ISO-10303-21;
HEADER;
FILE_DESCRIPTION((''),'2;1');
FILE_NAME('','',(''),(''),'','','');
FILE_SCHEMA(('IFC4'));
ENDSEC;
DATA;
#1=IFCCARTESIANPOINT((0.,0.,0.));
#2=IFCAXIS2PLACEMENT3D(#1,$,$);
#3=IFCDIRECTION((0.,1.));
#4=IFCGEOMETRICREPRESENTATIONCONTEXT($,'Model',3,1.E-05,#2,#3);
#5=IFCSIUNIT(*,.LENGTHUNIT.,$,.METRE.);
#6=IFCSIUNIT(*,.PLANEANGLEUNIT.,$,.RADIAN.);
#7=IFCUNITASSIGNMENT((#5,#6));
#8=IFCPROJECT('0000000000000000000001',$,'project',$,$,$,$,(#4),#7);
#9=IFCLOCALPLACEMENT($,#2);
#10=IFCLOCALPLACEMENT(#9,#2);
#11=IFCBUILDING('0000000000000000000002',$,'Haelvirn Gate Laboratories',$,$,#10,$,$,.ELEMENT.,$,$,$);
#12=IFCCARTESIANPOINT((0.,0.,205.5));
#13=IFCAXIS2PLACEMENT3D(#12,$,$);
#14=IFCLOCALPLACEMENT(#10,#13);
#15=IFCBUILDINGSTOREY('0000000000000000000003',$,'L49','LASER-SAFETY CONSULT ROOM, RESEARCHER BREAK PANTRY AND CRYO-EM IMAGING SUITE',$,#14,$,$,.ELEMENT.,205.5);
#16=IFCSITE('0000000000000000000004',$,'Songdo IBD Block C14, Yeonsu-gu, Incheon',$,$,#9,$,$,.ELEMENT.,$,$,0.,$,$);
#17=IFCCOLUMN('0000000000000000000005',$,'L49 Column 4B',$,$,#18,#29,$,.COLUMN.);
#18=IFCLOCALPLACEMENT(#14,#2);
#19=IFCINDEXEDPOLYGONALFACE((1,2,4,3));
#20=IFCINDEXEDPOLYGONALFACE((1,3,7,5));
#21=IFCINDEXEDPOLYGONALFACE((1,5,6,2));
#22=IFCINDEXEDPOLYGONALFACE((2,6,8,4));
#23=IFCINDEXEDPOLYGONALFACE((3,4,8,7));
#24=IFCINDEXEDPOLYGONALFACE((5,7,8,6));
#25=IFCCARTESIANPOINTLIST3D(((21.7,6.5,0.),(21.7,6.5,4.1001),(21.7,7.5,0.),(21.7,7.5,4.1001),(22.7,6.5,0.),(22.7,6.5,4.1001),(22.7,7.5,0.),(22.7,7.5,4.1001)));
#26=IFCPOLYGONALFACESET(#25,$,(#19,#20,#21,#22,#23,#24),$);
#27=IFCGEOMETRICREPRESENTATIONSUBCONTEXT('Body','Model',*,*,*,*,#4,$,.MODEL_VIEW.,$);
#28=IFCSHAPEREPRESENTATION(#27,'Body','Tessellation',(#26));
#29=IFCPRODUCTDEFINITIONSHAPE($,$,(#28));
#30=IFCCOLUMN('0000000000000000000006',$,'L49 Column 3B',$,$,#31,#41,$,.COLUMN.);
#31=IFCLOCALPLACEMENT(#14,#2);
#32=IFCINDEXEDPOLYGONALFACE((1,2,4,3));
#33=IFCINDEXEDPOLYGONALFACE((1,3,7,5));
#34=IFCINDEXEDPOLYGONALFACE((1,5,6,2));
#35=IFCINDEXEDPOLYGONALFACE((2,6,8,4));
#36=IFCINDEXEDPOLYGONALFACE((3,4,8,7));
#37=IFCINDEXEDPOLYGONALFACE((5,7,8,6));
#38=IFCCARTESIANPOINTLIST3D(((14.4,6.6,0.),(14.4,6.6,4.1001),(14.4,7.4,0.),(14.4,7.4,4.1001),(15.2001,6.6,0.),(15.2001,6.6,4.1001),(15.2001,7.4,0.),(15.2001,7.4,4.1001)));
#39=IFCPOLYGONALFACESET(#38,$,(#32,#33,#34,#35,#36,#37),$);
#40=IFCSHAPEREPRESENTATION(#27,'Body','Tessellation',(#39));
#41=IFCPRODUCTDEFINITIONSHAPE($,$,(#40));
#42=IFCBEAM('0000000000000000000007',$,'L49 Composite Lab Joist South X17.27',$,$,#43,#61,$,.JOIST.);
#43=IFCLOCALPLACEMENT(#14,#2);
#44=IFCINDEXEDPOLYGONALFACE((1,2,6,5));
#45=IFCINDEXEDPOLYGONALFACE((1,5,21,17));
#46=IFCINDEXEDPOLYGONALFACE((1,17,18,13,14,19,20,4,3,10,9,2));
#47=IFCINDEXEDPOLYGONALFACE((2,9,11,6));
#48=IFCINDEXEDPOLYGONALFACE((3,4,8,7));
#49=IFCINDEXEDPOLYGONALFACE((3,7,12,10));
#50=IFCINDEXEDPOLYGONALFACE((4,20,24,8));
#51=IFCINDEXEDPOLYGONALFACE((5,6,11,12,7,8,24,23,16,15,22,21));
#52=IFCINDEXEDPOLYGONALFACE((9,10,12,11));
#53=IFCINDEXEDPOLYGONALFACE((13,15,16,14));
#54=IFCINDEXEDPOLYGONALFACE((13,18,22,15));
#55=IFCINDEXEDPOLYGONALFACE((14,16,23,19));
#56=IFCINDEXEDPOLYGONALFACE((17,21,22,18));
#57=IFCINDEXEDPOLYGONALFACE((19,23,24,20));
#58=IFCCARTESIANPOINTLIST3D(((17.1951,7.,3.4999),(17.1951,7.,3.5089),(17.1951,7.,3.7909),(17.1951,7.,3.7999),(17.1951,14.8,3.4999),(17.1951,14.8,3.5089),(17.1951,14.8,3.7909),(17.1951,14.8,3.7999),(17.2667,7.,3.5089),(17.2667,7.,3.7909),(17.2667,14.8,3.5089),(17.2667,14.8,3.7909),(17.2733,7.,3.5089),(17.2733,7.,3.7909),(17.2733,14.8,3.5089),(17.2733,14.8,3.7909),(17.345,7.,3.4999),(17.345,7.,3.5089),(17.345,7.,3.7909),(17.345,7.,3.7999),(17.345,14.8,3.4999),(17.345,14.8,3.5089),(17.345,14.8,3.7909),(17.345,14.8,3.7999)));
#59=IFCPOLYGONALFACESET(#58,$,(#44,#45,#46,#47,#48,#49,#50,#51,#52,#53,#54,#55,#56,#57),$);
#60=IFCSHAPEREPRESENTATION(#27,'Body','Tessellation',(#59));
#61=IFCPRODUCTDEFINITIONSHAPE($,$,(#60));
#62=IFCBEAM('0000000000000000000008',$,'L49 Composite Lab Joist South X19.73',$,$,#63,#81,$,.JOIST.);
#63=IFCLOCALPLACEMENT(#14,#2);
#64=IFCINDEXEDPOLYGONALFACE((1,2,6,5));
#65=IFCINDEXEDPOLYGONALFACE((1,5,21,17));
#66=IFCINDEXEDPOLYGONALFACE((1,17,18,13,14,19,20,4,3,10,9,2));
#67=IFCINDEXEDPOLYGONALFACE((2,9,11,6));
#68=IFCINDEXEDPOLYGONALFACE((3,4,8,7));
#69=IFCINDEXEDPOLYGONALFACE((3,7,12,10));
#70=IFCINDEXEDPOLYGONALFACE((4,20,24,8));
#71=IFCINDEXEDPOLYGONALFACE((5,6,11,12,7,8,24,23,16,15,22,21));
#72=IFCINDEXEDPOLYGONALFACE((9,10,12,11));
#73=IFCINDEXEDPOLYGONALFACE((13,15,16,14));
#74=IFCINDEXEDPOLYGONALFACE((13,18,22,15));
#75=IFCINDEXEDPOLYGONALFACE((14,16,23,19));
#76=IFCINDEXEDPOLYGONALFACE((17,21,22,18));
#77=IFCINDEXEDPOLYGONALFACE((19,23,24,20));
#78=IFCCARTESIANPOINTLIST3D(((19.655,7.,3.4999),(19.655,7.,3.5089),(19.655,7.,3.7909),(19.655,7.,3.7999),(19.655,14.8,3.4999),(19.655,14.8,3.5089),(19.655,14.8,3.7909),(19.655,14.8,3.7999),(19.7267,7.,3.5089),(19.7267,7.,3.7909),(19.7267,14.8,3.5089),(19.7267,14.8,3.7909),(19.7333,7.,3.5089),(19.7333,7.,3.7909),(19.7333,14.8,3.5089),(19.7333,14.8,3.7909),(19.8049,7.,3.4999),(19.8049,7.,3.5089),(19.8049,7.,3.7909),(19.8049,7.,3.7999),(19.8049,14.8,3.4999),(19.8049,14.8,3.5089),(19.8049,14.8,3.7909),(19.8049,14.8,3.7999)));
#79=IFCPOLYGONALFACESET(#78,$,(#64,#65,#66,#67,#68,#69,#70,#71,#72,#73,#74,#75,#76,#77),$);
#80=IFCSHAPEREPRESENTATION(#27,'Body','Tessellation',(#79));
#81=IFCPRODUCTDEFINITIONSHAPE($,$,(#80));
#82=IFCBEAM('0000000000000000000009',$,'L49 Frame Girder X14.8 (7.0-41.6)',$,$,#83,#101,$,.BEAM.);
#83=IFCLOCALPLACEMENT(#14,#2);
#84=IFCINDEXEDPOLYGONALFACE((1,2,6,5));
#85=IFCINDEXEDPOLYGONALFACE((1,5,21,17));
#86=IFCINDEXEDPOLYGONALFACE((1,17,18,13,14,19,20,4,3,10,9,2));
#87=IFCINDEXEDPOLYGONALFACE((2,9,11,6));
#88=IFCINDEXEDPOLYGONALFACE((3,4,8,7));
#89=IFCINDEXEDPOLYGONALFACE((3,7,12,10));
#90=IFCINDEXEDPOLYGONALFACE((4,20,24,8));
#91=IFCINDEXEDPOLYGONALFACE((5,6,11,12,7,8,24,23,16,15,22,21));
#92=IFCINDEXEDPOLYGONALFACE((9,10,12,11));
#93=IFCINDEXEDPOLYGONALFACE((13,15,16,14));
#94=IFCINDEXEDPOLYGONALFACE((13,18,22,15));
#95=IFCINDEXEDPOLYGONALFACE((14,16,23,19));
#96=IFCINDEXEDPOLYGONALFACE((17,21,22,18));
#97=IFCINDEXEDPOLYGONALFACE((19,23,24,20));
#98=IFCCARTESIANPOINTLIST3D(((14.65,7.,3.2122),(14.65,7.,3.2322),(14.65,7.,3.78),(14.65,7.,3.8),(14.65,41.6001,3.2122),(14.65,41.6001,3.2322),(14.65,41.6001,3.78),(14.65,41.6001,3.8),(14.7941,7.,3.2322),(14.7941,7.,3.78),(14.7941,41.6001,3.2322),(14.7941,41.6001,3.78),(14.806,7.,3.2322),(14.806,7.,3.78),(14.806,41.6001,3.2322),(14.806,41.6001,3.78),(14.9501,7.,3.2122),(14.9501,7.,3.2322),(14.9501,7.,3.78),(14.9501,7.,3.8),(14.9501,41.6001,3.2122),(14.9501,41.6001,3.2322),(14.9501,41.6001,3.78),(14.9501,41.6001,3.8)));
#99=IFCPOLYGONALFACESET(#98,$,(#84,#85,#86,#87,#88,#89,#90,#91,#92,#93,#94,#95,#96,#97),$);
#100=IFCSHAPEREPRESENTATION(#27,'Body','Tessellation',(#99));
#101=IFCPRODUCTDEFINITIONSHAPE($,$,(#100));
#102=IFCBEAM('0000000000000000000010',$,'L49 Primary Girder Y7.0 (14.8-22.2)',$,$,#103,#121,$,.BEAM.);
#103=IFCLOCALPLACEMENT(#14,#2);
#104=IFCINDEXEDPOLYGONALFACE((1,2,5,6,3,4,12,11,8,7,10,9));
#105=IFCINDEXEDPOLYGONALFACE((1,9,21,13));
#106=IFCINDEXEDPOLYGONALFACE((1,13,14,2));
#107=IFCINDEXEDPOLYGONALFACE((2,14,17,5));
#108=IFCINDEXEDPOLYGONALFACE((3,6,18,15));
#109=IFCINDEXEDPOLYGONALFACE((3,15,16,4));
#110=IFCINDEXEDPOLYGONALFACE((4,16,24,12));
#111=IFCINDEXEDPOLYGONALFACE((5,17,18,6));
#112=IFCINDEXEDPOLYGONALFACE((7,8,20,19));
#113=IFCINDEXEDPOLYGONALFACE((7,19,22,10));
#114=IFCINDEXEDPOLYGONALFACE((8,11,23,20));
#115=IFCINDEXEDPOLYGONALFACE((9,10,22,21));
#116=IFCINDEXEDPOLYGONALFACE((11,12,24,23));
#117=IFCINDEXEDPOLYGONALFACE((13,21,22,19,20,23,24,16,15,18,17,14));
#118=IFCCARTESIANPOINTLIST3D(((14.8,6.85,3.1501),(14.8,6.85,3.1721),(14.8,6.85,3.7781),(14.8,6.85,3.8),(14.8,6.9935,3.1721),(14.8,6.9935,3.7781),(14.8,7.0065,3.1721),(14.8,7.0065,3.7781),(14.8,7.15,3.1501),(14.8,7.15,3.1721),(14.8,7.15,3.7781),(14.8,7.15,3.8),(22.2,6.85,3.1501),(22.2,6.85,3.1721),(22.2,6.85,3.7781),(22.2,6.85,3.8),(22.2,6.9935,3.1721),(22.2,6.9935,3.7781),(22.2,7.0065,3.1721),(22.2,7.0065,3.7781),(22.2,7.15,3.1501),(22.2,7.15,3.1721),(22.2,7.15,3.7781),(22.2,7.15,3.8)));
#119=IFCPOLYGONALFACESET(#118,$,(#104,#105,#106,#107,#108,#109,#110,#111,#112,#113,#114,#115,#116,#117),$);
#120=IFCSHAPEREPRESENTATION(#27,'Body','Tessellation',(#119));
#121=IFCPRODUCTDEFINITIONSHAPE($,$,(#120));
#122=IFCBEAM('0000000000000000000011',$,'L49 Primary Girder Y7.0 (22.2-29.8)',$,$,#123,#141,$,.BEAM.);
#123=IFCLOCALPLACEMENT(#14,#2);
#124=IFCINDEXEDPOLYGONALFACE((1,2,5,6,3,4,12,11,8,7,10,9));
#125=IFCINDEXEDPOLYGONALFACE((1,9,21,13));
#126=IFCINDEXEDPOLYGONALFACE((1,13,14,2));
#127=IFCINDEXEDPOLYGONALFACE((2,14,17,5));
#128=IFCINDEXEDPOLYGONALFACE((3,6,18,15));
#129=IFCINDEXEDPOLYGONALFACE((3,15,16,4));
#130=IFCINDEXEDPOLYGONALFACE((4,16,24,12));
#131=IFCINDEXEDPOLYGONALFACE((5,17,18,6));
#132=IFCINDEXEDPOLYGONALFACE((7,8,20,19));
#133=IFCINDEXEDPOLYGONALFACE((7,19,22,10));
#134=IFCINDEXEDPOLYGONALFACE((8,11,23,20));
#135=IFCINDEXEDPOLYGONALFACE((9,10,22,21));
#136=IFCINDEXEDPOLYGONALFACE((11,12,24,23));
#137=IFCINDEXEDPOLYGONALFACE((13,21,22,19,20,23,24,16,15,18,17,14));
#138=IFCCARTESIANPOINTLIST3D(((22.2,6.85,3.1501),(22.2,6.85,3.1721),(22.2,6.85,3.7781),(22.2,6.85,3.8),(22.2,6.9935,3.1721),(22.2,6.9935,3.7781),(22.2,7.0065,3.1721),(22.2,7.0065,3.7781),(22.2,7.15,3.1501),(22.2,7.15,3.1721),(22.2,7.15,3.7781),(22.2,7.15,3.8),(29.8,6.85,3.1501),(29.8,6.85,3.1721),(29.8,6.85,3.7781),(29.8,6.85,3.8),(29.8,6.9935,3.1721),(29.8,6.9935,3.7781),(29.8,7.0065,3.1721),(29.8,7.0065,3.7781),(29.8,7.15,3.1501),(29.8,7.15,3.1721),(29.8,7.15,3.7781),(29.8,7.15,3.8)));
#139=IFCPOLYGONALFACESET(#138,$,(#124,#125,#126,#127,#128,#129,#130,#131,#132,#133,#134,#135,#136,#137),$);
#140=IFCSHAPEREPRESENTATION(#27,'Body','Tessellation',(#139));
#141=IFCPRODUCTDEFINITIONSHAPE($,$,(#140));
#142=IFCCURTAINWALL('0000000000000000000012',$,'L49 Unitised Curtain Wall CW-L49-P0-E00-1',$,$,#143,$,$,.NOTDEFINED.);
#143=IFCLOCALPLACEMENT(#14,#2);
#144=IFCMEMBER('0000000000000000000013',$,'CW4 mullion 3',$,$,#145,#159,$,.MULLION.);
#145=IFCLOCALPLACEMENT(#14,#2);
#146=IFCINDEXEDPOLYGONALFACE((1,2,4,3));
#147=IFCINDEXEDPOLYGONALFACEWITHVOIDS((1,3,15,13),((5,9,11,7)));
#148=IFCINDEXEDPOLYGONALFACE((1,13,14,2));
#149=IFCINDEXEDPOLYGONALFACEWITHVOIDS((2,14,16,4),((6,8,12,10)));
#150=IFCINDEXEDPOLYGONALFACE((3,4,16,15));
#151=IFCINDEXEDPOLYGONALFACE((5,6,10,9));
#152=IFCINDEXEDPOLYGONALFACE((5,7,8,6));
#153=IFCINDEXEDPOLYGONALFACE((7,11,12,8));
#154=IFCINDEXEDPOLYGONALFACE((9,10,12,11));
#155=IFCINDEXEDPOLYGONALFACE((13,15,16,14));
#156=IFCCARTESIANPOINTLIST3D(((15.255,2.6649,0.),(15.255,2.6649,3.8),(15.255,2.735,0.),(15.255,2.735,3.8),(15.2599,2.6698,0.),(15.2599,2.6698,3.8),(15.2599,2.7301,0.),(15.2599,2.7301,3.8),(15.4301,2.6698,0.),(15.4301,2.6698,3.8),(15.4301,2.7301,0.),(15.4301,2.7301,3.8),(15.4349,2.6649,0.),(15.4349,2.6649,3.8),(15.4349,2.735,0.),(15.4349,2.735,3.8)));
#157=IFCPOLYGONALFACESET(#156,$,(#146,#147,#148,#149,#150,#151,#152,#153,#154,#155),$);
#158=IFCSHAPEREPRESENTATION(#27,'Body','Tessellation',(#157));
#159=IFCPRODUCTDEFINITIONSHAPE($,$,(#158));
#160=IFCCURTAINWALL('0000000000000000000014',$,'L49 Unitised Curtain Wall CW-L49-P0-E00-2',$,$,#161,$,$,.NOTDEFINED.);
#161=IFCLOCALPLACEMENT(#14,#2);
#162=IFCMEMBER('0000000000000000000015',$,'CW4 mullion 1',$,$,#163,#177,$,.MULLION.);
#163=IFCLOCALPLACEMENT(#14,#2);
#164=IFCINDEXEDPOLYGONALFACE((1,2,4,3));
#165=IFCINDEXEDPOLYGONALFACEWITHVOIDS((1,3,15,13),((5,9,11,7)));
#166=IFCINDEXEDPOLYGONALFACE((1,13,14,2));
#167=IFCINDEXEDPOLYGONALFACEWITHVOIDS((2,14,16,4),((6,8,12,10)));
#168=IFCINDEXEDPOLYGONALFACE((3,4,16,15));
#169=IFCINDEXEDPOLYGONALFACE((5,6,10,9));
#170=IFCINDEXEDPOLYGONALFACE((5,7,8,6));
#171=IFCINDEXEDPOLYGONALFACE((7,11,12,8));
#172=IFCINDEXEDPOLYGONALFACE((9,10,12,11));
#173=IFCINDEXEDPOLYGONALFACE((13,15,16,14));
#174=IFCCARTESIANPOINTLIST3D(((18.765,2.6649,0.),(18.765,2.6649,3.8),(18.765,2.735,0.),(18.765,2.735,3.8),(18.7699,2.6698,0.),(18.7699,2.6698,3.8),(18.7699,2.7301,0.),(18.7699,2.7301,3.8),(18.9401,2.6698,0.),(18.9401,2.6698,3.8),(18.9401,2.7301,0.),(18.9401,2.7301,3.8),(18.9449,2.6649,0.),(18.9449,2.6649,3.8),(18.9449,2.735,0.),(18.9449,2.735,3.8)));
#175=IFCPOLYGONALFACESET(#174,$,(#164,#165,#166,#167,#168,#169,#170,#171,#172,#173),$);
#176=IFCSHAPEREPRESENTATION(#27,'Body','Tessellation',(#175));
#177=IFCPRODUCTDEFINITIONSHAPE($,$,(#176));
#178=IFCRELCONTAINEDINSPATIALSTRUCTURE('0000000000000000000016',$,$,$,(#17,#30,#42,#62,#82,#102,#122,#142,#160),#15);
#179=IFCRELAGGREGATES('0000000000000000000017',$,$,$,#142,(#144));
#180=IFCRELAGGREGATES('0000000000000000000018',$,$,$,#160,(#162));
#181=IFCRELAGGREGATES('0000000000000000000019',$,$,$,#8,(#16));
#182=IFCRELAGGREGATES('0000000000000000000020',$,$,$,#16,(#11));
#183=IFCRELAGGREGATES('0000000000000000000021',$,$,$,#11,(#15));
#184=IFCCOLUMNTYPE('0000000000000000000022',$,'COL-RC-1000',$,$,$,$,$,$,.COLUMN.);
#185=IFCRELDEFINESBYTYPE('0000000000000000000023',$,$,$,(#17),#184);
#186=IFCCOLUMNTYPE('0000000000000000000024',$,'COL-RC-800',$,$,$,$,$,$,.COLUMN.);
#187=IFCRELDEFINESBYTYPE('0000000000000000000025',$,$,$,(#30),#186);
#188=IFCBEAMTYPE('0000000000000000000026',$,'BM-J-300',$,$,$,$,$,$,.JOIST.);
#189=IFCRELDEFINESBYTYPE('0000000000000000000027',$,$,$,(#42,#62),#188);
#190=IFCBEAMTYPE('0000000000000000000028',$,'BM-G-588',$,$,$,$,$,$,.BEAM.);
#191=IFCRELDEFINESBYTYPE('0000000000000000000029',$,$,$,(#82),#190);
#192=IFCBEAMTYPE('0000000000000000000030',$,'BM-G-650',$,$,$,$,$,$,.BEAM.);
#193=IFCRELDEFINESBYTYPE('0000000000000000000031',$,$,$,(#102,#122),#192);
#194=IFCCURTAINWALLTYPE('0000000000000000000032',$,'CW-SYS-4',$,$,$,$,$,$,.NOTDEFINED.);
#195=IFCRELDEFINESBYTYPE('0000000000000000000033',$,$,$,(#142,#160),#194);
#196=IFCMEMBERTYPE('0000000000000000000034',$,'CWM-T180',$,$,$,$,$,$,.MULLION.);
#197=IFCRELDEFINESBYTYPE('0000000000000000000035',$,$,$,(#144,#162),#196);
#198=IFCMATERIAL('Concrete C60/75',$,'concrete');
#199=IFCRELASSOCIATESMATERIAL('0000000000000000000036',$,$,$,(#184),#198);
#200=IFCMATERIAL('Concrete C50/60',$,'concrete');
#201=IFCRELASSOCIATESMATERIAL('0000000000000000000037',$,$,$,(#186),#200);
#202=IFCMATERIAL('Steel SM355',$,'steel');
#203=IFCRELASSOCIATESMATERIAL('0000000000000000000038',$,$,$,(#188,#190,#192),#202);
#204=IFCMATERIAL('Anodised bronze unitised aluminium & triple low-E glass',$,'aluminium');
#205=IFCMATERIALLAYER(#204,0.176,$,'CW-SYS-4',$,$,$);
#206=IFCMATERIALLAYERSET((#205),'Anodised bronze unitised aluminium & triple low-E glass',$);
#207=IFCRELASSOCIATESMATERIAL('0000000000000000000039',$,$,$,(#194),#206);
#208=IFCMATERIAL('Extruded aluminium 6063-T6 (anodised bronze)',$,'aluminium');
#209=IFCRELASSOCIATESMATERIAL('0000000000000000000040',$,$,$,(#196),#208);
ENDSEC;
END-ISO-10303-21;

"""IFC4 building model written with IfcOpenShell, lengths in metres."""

from ifc_helpers import new_model, si_unit, direction, frame, origin, origin_2d, place, context, subcontext, project, spatial, rectangle, hollow_rectangle, i_section, extrude, source, transform, mapped, material, layer, layer_set, material_profile, profile_set, type_object, type_shapes, element, aggregate, save


model = new_model("IFC4")

# Units and contexts
model_context = context("Model", 3, precision=1e-05, world=origin(), true_north=direction((0.0, 1.0)))
body_context = subcontext(model_context, "Body", "Model", "MODEL_VIEW")
ifc_project = project(units=[si_unit("LENGTHUNIT", "METRE"), si_unit("PLANEANGLEUNIT", "RADIAN")], contexts=[model_context])

# Site, building, storey
site_placement = place(None, origin())
site = spatial("IfcSite", under=ifc_project, at=site_placement, Name="Songdo IBD Block C14, Yeonsu-gu, Incheon", CompositionType="ELEMENT", RefElevation=0.0)
building_placement = place(site_placement, origin())
building = spatial("IfcBuilding", under=site, at=building_placement, Name="Haelvirn Gate Laboratories", CompositionType="ELEMENT")
storey_placement = place(building_placement, frame((0.0, 0.0, 205.5)))
storey = spatial("IfcBuildingStorey", under=building, at=storey_placement, Name="L49", Description="LASER-SAFETY CONSULT ROOM, RESEARCHER BREAK PANTRY AND CRYO-EM IMAGING SUITE", CompositionType="ELEMENT", Elevation=205.5)

# Columns
ifc_material_1 = material(Name="Concrete C60/75", Category="concrete")
ifc_material_profile_1 = material_profile(ifc_material_1, rectangle(XDim=1.0, YDim=1.0, at=origin_2d()), Name="RC-1000x1000")
ifc_profile_set_1 = profile_set([ifc_material_profile_1], Name="Concrete C60/75")
column_type_1 = type_object("IfcColumnType", Name="COL-RC-1000", PredefinedType="COLUMN", material=ifc_profile_set_1)
shared_shape_1 = source(origin(), body_context, "Body", "SweptSolid", [
    extrude(rectangle(XDim=1.0, YDim=1.0, at=origin_2d()), origin(), (0.0, 0.0, 1.0), 4.1001),
])
type_shapes(column_type_1, [shared_shape_1])
column_1_placement = place(storey_placement, frame((22.2, 7.0, 0.0), z_axis=(0.0, 0.0, 1.0), x_axis=(1.0, 0.0, 0.0)))
element("IfcColumn", 1, at=column_1_placement, inside=storey, type_object=column_type_1, Name="L49 Column 4B", PredefinedType="COLUMN", context=body_context, shape_type="MappedRepresentation", body=[
    mapped(shared_shape_1, transform((0.0, 0.0, 0.0), scale=1.0)),
])
ifc_material_2 = material(Name="Concrete C50/60", Category="concrete")
ifc_material_profile_2 = material_profile(ifc_material_2, rectangle(XDim=0.8, YDim=0.8, at=origin_2d()), Name="RC-800x800")
ifc_profile_set_2 = profile_set([ifc_material_profile_2], Name="Concrete C50/60")
column_type_2 = type_object("IfcColumnType", Name="COL-RC-800", PredefinedType="COLUMN", material=ifc_profile_set_2)
shared_shape_2 = source(origin(), body_context, "Body", "SweptSolid", [
    extrude(rectangle(XDim=0.8, YDim=0.8, at=origin_2d()), origin(), (0.0, 0.0, 1.0), 4.1001),
])
type_shapes(column_type_2, [shared_shape_2])
column_2_placement = place(storey_placement, frame((14.8, 7.0, 0.0), z_axis=(0.0, 0.0, 1.0), x_axis=(1.0, 0.0, 0.0)))
element("IfcColumn", 2, at=column_2_placement, inside=storey, type_object=column_type_2, Name="L49 Column 3B", PredefinedType="COLUMN", context=body_context, shape_type="MappedRepresentation", body=[
    mapped(shared_shape_2, transform((0.0, 0.0, 0.0), scale=1.0)),
])

# Beams
ifc_material_3 = material(Name="Steel SM355", Category="steel")
ifc_material_profile_3 = material_profile(ifc_material_3, i_section(OverallWidth=0.1499, OverallDepth=0.3, WebThickness=0.0066, FlangeThickness=0.009, at=origin_2d()), Name="H-300x150x6.5x9")
ifc_profile_set_3 = profile_set([ifc_material_profile_3], Name="Steel SM355")
beam_type_1 = type_object("IfcBeamType", Name="BM-J-300", PredefinedType="JOIST", material=ifc_profile_set_3)
shared_shape_3 = source(origin(), body_context, "Body", "SweptSolid", [
    extrude(i_section(OverallWidth=0.1499, OverallDepth=0.3, WebThickness=0.0066, FlangeThickness=0.009, at=origin_2d()), origin(), (0.0, 0.0, 1.0), 7.8),
])
type_shapes(beam_type_1, [shared_shape_3])
for number, where, z_axis, x_axis, name in (
    (3, (17.27, 7.0, 3.6499), (0.0, 1.0, 0.0), (-1.0, 0.0, 0.0), "L49 Composite Lab Joist South X17.27"),
    (4, (19.73, 7.0, 3.6499), (0.0, 1.0, 0.0), (-1.0, 0.0, 0.0), "L49 Composite Lab Joist South X19.73"),
):
    element("IfcBeam", number, at=place(storey_placement, frame(where, z_axis=z_axis, x_axis=x_axis)), inside=storey, type_object=beam_type_1, Name=name, PredefinedType="JOIST", context=body_context, shape_type="MappedRepresentation", body=[
        mapped(shared_shape_3, transform((0.0, 0.0, 0.0), scale=1.0)),
    ])
ifc_material_profile_4 = material_profile(ifc_material_3, i_section(OverallWidth=0.3, OverallDepth=0.5879, WebThickness=0.012, FlangeThickness=0.02, at=origin_2d()), Name="H-588x300x12x20")
ifc_profile_set_4 = profile_set([ifc_material_profile_4], Name="Steel SM355")
beam_type_2 = type_object("IfcBeamType", Name="BM-G-588", PredefinedType="BEAM", material=ifc_profile_set_4)
shared_shape_4 = source(origin(), body_context, "Body", "SweptSolid", [
    extrude(i_section(OverallWidth=0.3, OverallDepth=0.5879, WebThickness=0.012, FlangeThickness=0.02, at=origin_2d()), origin(), (0.0, 0.0, 1.0), 34.6001),
])
type_shapes(beam_type_2, [shared_shape_4])
beam_1_placement = place(storey_placement, frame((14.8, 7.0, 3.5061), z_axis=(0.0, 1.0, 0.0), x_axis=(-1.0, 0.0, 0.0)))
element("IfcBeam", 5, at=beam_1_placement, inside=storey, type_object=beam_type_2, Name="L49 Frame Girder X14.8 (7.0-41.6)", PredefinedType="BEAM", context=body_context, shape_type="MappedRepresentation", body=[
    mapped(shared_shape_4, transform((0.0, 0.0, 0.0), scale=1.0)),
])
ifc_material_profile_5 = material_profile(ifc_material_3, i_section(OverallWidth=0.3, OverallDepth=0.6499, WebThickness=0.0129, FlangeThickness=0.022, at=origin_2d()), Name="H-650x300x13x22")
ifc_profile_set_5 = profile_set([ifc_material_profile_5], Name="Steel SM355")
beam_type_3 = type_object("IfcBeamType", Name="BM-G-650", PredefinedType="BEAM", material=ifc_profile_set_5)
shared_shape_5 = source(origin(), body_context, "Body", "SweptSolid", [
    extrude(i_section(OverallWidth=0.3, OverallDepth=0.6499, WebThickness=0.0129, FlangeThickness=0.022, at=origin_2d()), origin(), (0.0, 0.0, 1.0), 7.3999),
])
beam_2_placement = place(storey_placement, frame((14.8, 7.0, 3.4751), z_axis=(1.0, 0.0, 0.0), x_axis=(0.0, 1.0, 0.0)))
element("IfcBeam", 6, at=beam_2_placement, inside=storey, type_object=beam_type_3, Name="L49 Primary Girder Y7.0 (14.8-22.2)", PredefinedType="BEAM", context=body_context, shape_type="MappedRepresentation", body=[
    mapped(shared_shape_5, transform((0.0, 0.0, 0.0), scale=1.0)),
])
shared_shape_6 = source(origin(), body_context, "Body", "SweptSolid", [
    extrude(i_section(OverallWidth=0.3, OverallDepth=0.6499, WebThickness=0.0129, FlangeThickness=0.022, at=origin_2d()), origin(), (0.0, 0.0, 1.0), 7.6001),
])
type_shapes(beam_type_3, [shared_shape_5, shared_shape_6])
beam_3_placement = place(storey_placement, frame((22.2, 7.0, 3.4751), z_axis=(1.0, 0.0, 0.0), x_axis=(0.0, 1.0, 0.0)))
element("IfcBeam", 7, at=beam_3_placement, inside=storey, type_object=beam_type_3, Name="L49 Primary Girder Y7.0 (22.2-29.8)", PredefinedType="BEAM", context=body_context, shape_type="MappedRepresentation", body=[
    mapped(shared_shape_6, transform((0.0, 0.0, 0.0), scale=1.0)),
])

# Curtain wall, member
ifc_material_4 = material(Name="Anodised bronze unitised aluminium & triple low-E glass", Category="aluminium")
ifc_layer_1 = layer(ifc_material_4, 0.176, Name="CW-SYS-4")
ifc_layer_set_1 = layer_set([ifc_layer_1], Name="Anodised bronze unitised aluminium & triple low-E glass")
curtain_wall_type = type_object("IfcCurtainWallType", Name="CW-SYS-4", PredefinedType="NOTDEFINED", material=ifc_layer_set_1)
curtain_wall_1_placement = place(storey_placement, origin())
curtain_wall_1 = element("IfcCurtainWall", 8, at=curtain_wall_1_placement, inside=storey, type_object=curtain_wall_type, Name="L49 Unitised Curtain Wall CW-L49-P0-E00-1", PredefinedType="NOTDEFINED")
ifc_material_5 = material(Name="Extruded aluminium 6063-T6 (anodised bronze)", Category="aluminium")
ifc_material_profile_6 = material_profile(ifc_material_5, hollow_rectangle(XDim=0.0701, YDim=0.1799, WallThickness=0.0049, at=origin_2d()), Name="CWM-180x70x5")
ifc_profile_set_6 = profile_set([ifc_material_profile_6], Name="Extruded aluminium 6063-T6 (anodised bronze)")
member_type_1 = type_object("IfcMemberType", Name="CWM-T180", PredefinedType="MULLION", material=ifc_profile_set_6)
shared_shape_7 = source(origin(), body_context, "Body", "SweptSolid", [
    extrude(hollow_rectangle(XDim=0.0701, YDim=0.1799, WallThickness=0.0049, at=origin_2d()), origin(), (0.0, 0.0, 1.0), 3.8),
])
type_shapes(member_type_1, [shared_shape_7])
member_1_placement = place(storey_placement, frame((15.345, 2.7, 0.0), z_axis=(0.0, 0.0, 1.0), x_axis=(0.0, 1.0, 0.0)))
member_1 = element("IfcMember", 9, at=member_1_placement, type_object=member_type_1, Name="CW4 mullion 3", PredefinedType="MULLION", context=body_context, shape_type="MappedRepresentation", body=[
    mapped(shared_shape_7, transform((0.0, 0.0, 0.0), scale=1.0)),
])

# Curtain wall, member
curtain_wall_2_placement = place(storey_placement, origin())
curtain_wall_2 = element("IfcCurtainWall", 10, at=curtain_wall_2_placement, inside=storey, type_object=curtain_wall_type, Name="L49 Unitised Curtain Wall CW-L49-P0-E00-2", PredefinedType="NOTDEFINED")
member_2_placement = place(storey_placement, frame((18.855, 2.7, 0.0), z_axis=(0.0, 0.0, 1.0), x_axis=(0.0, 1.0, 0.0)))
member_2 = element("IfcMember", 11, at=member_2_placement, type_object=member_type_1, Name="CW4 mullion 1", PredefinedType="MULLION", context=body_context, shape_type="MappedRepresentation", body=[
    mapped(shared_shape_7, transform((0.0, 0.0, 0.0), scale=1.0)),
])

aggregate(curtain_wall_1, [member_1])
aggregate(curtain_wall_2, [member_2])

save(model, "model.ifc")
